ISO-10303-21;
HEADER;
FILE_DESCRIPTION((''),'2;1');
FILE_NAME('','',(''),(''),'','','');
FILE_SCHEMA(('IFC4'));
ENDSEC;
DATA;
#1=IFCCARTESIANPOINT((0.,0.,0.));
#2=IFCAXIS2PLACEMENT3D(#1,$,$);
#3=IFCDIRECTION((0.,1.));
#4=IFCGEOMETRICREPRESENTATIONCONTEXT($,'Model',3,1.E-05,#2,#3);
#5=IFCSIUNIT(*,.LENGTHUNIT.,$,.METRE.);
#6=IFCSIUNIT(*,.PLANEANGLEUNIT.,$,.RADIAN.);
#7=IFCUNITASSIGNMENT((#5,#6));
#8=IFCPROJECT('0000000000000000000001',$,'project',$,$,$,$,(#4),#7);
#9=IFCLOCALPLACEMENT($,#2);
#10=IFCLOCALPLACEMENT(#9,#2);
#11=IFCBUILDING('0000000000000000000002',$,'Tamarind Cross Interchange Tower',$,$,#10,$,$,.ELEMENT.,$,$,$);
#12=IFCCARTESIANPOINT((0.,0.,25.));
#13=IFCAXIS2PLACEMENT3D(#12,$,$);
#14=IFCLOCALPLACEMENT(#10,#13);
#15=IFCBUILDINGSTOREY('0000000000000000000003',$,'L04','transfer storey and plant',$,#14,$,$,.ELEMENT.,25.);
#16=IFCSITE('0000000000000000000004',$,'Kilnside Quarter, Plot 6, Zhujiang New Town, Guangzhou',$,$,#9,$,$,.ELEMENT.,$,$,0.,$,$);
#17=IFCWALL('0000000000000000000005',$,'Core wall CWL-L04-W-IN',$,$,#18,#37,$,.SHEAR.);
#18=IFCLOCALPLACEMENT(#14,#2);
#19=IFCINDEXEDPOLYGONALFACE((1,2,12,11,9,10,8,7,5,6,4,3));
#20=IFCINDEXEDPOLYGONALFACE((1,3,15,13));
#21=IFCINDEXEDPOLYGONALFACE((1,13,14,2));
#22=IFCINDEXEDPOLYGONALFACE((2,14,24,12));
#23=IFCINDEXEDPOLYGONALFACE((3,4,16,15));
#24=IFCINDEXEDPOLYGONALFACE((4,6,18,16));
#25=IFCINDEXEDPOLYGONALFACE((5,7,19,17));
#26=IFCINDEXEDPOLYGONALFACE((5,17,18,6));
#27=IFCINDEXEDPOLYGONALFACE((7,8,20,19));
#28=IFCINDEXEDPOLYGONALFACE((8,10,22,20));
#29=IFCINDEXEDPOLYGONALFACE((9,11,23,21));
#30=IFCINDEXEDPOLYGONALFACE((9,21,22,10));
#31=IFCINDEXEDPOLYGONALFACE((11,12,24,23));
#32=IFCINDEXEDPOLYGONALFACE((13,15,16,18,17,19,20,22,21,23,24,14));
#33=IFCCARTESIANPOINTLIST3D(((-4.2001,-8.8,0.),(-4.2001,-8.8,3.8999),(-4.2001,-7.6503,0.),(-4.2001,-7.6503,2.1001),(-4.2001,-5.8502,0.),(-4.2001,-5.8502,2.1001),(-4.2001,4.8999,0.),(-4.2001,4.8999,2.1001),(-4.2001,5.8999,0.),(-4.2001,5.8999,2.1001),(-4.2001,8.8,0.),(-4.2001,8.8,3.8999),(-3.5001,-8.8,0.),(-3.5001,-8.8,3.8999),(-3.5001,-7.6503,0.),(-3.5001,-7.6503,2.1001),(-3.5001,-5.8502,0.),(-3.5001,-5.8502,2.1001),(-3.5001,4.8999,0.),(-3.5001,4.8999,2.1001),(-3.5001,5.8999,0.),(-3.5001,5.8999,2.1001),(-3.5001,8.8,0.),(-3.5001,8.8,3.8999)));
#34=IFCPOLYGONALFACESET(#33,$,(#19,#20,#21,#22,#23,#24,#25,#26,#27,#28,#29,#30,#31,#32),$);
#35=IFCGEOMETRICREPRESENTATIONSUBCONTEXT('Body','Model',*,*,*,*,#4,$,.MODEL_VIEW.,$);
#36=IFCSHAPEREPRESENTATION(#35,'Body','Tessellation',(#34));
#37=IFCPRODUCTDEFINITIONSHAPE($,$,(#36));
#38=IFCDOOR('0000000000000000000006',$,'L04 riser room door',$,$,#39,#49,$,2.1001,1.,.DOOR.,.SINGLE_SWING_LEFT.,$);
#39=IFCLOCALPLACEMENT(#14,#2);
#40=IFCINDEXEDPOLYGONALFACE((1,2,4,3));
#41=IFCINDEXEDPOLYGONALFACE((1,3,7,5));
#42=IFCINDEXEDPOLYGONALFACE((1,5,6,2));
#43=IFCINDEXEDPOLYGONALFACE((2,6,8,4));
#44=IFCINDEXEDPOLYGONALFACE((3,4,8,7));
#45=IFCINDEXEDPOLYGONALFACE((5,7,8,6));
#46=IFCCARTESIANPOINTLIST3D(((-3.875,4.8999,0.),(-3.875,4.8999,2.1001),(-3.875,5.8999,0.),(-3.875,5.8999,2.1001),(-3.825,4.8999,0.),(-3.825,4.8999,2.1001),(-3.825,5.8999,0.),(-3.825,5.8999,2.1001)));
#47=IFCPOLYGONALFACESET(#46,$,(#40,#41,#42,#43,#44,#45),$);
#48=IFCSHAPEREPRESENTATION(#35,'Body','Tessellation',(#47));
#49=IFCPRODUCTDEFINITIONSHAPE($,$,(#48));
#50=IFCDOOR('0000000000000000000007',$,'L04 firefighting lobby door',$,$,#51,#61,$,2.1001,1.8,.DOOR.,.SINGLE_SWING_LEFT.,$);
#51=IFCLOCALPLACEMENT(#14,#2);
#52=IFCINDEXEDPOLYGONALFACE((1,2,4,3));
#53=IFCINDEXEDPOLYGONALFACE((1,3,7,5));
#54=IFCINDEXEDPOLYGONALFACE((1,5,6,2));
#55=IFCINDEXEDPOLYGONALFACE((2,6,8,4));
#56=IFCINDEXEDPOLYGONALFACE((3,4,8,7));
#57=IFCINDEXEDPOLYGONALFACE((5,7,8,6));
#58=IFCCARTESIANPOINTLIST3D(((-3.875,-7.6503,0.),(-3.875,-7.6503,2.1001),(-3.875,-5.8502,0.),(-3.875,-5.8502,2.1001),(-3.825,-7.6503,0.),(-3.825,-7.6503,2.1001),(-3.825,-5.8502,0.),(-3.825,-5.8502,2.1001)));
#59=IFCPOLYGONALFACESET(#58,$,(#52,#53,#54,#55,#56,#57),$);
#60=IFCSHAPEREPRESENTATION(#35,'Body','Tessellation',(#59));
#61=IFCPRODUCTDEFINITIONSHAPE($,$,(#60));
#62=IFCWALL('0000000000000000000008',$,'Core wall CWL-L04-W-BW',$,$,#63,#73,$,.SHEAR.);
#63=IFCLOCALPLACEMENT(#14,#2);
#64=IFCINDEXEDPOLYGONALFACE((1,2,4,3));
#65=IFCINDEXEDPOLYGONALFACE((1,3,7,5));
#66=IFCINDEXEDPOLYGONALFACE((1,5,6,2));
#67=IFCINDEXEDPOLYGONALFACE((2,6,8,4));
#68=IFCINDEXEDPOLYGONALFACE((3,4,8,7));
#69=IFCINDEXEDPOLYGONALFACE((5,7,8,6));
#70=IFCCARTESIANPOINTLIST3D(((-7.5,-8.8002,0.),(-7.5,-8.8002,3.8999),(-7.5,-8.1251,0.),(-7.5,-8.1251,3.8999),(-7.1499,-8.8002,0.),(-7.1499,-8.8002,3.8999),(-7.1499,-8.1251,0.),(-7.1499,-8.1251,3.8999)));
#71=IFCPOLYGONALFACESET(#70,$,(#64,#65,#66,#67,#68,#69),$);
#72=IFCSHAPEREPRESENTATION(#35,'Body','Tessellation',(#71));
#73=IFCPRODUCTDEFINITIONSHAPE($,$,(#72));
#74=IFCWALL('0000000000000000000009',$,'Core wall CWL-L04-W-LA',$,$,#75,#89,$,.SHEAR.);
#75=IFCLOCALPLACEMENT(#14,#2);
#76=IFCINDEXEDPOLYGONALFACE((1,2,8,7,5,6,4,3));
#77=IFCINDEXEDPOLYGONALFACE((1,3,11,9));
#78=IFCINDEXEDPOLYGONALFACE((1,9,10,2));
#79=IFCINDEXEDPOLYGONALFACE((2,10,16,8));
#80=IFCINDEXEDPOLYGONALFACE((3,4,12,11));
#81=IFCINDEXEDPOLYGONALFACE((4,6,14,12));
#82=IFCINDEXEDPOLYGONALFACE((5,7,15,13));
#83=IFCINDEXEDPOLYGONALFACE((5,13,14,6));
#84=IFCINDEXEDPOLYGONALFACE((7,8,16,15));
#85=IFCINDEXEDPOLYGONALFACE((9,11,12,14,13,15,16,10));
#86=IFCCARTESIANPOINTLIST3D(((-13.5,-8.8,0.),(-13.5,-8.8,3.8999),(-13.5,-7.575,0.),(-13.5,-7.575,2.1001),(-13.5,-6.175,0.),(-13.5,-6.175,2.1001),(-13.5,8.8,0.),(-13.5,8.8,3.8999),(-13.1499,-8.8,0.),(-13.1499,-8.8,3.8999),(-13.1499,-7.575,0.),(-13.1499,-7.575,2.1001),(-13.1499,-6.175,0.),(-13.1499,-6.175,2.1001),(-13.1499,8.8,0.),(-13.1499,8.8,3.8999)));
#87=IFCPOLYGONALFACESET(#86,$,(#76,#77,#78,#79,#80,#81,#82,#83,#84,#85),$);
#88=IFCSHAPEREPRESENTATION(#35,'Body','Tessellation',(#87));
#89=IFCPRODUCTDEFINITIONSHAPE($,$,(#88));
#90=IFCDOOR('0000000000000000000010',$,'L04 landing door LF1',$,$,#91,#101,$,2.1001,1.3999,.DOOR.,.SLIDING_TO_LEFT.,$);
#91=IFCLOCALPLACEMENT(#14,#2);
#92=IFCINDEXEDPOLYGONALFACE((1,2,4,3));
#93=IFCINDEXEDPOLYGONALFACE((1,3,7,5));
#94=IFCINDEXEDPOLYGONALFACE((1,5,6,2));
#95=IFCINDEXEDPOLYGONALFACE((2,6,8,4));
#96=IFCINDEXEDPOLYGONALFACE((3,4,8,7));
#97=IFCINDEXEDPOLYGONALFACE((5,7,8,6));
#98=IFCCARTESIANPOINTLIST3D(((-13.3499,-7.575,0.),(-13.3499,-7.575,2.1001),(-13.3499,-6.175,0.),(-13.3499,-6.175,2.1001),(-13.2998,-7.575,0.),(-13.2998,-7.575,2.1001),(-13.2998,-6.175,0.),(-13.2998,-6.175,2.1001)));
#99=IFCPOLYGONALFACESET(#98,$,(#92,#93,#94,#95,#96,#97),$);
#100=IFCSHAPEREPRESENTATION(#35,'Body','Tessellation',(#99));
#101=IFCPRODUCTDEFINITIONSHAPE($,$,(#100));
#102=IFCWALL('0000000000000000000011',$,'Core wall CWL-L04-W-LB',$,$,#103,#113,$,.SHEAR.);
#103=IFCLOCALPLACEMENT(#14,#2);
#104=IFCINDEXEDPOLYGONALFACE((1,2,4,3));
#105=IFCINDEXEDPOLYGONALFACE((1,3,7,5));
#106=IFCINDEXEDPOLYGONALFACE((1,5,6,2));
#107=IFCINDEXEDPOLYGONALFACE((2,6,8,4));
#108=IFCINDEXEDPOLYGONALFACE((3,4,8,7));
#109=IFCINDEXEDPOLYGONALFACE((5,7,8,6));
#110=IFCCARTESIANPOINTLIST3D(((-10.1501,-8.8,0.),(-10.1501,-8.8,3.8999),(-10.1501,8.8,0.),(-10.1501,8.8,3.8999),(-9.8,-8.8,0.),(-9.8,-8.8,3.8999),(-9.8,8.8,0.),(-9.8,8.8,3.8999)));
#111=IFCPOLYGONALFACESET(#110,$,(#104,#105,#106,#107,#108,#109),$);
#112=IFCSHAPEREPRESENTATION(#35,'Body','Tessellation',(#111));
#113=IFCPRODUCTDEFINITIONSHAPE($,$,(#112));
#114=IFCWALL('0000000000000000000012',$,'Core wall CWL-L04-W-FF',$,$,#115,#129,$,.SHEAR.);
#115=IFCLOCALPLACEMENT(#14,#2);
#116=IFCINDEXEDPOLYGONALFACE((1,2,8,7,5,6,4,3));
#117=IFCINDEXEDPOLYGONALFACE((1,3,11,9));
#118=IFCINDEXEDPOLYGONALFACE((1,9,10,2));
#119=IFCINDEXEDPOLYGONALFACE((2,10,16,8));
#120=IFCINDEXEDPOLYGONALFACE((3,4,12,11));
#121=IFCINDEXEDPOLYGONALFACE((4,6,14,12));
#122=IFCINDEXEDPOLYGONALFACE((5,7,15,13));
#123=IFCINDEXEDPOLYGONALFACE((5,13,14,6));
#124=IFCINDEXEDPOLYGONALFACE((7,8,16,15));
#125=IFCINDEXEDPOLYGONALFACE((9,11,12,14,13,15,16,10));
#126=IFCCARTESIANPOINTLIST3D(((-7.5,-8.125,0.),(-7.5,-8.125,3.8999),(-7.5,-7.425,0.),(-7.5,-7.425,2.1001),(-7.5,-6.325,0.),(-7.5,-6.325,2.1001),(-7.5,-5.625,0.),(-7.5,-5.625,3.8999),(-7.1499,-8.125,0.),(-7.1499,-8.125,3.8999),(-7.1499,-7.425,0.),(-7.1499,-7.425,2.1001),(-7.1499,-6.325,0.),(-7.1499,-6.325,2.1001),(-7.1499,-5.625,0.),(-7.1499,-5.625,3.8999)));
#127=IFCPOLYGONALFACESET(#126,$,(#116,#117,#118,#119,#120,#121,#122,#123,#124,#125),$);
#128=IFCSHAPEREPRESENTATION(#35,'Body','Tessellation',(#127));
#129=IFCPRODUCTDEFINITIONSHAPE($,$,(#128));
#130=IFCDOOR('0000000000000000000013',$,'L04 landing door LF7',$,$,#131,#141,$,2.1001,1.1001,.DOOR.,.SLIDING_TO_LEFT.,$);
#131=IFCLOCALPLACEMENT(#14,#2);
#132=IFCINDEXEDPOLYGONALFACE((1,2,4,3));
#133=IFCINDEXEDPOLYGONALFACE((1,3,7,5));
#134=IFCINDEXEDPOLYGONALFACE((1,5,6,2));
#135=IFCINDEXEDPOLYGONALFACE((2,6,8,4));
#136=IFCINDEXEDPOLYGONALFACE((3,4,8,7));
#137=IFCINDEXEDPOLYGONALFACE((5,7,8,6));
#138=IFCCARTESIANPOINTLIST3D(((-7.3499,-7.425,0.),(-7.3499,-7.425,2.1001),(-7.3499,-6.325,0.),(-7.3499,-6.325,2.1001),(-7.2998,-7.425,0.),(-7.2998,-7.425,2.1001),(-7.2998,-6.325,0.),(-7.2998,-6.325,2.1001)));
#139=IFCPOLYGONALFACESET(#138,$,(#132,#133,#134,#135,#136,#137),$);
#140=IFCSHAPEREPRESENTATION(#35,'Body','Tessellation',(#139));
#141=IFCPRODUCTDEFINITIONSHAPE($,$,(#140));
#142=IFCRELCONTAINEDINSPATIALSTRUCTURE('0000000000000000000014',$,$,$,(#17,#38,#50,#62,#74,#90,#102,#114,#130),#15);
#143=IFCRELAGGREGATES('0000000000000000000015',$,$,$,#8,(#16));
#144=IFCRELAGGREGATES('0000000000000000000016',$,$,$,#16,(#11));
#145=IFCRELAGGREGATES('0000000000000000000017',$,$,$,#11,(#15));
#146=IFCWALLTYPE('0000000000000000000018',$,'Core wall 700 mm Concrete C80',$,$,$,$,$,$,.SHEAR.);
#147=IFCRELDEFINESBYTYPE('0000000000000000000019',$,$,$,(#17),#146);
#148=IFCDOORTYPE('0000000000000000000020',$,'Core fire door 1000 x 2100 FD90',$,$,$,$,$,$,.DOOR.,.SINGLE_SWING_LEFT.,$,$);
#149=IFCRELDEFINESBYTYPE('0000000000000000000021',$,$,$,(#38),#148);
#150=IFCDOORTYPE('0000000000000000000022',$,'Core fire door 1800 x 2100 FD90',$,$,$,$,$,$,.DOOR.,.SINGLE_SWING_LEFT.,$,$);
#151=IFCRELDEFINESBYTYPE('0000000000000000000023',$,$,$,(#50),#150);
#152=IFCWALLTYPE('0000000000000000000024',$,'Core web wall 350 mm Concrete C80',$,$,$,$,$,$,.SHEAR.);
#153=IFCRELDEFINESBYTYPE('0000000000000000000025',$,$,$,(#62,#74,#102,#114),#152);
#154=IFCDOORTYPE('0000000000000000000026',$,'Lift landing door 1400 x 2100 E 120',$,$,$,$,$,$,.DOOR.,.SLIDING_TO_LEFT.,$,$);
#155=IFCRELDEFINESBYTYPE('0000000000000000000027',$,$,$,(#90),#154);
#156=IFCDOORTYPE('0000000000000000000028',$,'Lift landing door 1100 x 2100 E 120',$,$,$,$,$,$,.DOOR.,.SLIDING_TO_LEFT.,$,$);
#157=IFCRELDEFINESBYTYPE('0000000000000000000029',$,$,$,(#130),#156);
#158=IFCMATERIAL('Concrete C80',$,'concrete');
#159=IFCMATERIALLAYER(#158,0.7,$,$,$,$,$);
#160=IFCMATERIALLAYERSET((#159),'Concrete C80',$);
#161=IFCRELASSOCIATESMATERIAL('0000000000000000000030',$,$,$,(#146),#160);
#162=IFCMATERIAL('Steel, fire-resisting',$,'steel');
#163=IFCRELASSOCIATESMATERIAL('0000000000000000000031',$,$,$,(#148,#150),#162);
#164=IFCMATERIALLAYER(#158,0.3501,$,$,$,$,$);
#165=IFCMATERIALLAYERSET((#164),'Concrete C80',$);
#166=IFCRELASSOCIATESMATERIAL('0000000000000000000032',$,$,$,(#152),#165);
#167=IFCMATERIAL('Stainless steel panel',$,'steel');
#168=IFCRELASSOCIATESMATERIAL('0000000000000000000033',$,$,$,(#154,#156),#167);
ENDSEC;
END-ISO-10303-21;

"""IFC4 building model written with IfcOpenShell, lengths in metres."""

from ifc_helpers import new_model, si_unit, direction, frame, frame_2d, origin, place, context, subcontext, project, spatial, rectangle, extrude, material, layer, layer_set, type_object, element, fill, save


model = new_model("IFC4")

# Units and contexts
model_context = context("Model", 3, precision=1e-05, world=origin(), true_north=direction((0.0, 1.0)))
body_context = subcontext(model_context, "Body", "Model", "MODEL_VIEW")
ifc_project = project(units=[si_unit("LENGTHUNIT", "METRE"), si_unit("PLANEANGLEUNIT", "RADIAN")], contexts=[model_context])

# Site, building, storey
site_placement = place(None, origin())
site = spatial("IfcSite", under=ifc_project, at=site_placement, Name="Kilnside Quarter, Plot 6, Zhujiang New Town, Guangzhou", CompositionType="ELEMENT", RefElevation=0.0)
building_placement = place(site_placement, origin())
building = spatial("IfcBuilding", under=site, at=building_placement, Name="Tamarind Cross Interchange Tower", CompositionType="ELEMENT")
storey_placement = place(building_placement, frame((0.0, 0.0, 25.0)))
storey = spatial("IfcBuildingStorey", under=building, at=storey_placement, Name="L04", Description="transfer storey and plant", CompositionType="ELEMENT", Elevation=25.0)

# Shared definitions
ifc_material_1 = material(Name="Concrete C80", Category="concrete")

# Wall, openings, doors
ifc_layer_1 = layer(ifc_material_1, 0.7)
ifc_layer_set_1 = layer_set([ifc_layer_1], Name="Concrete C80")
wall_type_1 = type_object("IfcWallType", Name="Core wall 700 mm Concrete C80", PredefinedType="SHEAR", material=ifc_layer_set_1)
wall_1_placement = place(storey_placement, frame((-3.8501, -8.8, 0.0), z_axis=(0.0, 0.0, 1.0), x_axis=(0.0, 1.0, 0.0)))
wall_1 = element("IfcWall", 1, at=wall_1_placement, inside=storey, type_object=wall_type_1, Name="Core wall CWL-L04-W-IN", PredefinedType="SHEAR", context=body_context, shape_type="SweptSolid", body=[
    extrude(rectangle(XDim=17.6001, YDim=0.7, at=frame_2d((8.8, 0.0))), origin(), (0.0, 0.0, 1.0), 3.8999),
])
opening_1_placement = place(wall_1_placement, frame((1.1499, 0.0, 0.0)))
opening_1 = element("IfcOpeningElement", 2, at=opening_1_placement, cuts=wall_1, PredefinedType="OPENING", context=body_context, shape_type="SweptSolid", body=[
    extrude(rectangle(XDim=1.8, YDim=2.1001, at=frame_2d((0.8999, 1.05))), frame((0.0, 0.3599, 0.0), z_axis=(0.0, -1.0, 0.0), x_axis=(1.0, 0.0, 0.0)), (0.0, 0.0, 1.0), 0.72),
])
opening_2_placement = place(wall_1_placement, frame((13.7, 0.0, 0.0)))
opening_2 = element("IfcOpeningElement", 3, at=opening_2_placement, cuts=wall_1, PredefinedType="OPENING", context=body_context, shape_type="SweptSolid", body=[
    extrude(rectangle(XDim=1.0, YDim=2.1001, at=frame_2d((0.5, 1.05))), frame((0.0, 0.3599, 0.0), z_axis=(0.0, -1.0, 0.0), x_axis=(1.0, 0.0, 0.0)), (0.0, 0.0, 1.0), 0.72),
])
ifc_material_2 = material(Name="Steel, fire-resisting", Category="steel")
door_type_1 = type_object("IfcDoorType", Name="Core fire door 1000 x 2100 FD90", OperationType="SINGLE_SWING_LEFT", PredefinedType="DOOR", material=ifc_material_2)
door_1_placement = place(opening_2_placement, origin())
door_1 = element("IfcDoor", 4, at=door_1_placement, inside=storey, type_object=door_type_1, Name="L04 riser room door", OperationType="SINGLE_SWING_LEFT", OverallHeight=2.1001, OverallWidth=1.0, PredefinedType="DOOR", context=body_context, shape_type="SweptSolid", body=[
    extrude(rectangle(XDim=1.0, YDim=2.1001, at=frame_2d((0.5, 1.05))), frame((0.0, 0.0249, 0.0), z_axis=(0.0, -1.0, 0.0), x_axis=(1.0, 0.0, 0.0)), (0.0, 0.0, 1.0), 0.05),
])
fill(opening_2, door_1)
door_type_2 = type_object("IfcDoorType", Name="Core fire door 1800 x 2100 FD90", OperationType="SINGLE_SWING_LEFT", PredefinedType="DOOR", material=ifc_material_2)
door_2_placement = place(opening_1_placement, origin())
door_2 = element("IfcDoor", 5, at=door_2_placement, inside=storey, type_object=door_type_2, Name="L04 firefighting lobby door", OperationType="SINGLE_SWING_LEFT", OverallHeight=2.1001, OverallWidth=1.8, PredefinedType="DOOR", context=body_context, shape_type="SweptSolid", body=[
    extrude(rectangle(XDim=1.8, YDim=2.1001, at=frame_2d((0.8999, 1.05))), frame((0.0, 0.0249, 0.0), z_axis=(0.0, -1.0, 0.0), x_axis=(1.0, 0.0, 0.0)), (0.0, 0.0, 1.0), 0.05),
])
fill(opening_1, door_2)

# Wall
ifc_layer_2 = layer(ifc_material_1, 0.3501)
ifc_layer_set_2 = layer_set([ifc_layer_2], Name="Concrete C80")
wall_type_2 = type_object("IfcWallType", Name="Core web wall 350 mm Concrete C80", PredefinedType="SHEAR", material=ifc_layer_set_2)
wall_2_placement = place(storey_placement, frame((-7.325, -8.8, 0.0), z_axis=(0.0, 0.0, 1.0), x_axis=(0.0, 1.0, 0.0)))
element("IfcWall", 6, at=wall_2_placement, inside=storey, type_object=wall_type_2, Name="Core wall CWL-L04-W-BW", PredefinedType="SHEAR", context=body_context, shape_type="SweptSolid", body=[
    extrude(rectangle(XDim=0.675, YDim=0.3501, at=frame_2d((0.3374, 0.0))), origin(), (0.0, 0.0, 1.0), 3.8999),
])

# Wall, opening, door
wall_3_placement = place(storey_placement, frame((-13.325, -8.8, 0.0), z_axis=(0.0, 0.0, 1.0), x_axis=(0.0, 1.0, 0.0)))
wall_3 = element("IfcWall", 7, at=wall_3_placement, inside=storey, type_object=wall_type_2, Name="Core wall CWL-L04-W-LA", PredefinedType="SHEAR", context=body_context, shape_type="SweptSolid", body=[
    extrude(rectangle(XDim=17.6001, YDim=0.3501, at=frame_2d((8.8, 0.0))), origin(), (0.0, 0.0, 1.0), 3.8999),
])
opening_3_placement = place(wall_3_placement, frame((1.2251, 0.0, 0.0)))
opening_3 = element("IfcOpeningElement", 8, at=opening_3_placement, cuts=wall_3, PredefinedType="OPENING", context=body_context, shape_type="SweptSolid", body=[
    extrude(rectangle(XDim=1.3999, YDim=2.1001, at=frame_2d((0.7, 1.05))), frame((0.0, 0.1851, 0.0), z_axis=(0.0, -1.0, 0.0), x_axis=(1.0, 0.0, 0.0)), (0.0, 0.0, 1.0), 0.3701),
])
ifc_material_3 = material(Name="Stainless steel panel", Category="steel")
door_type_3 = type_object("IfcDoorType", Name="Lift landing door 1400 x 2100 E 120", OperationType="SLIDING_TO_LEFT", PredefinedType="DOOR", material=ifc_material_3)
door_3_placement = place(opening_3_placement, origin())
door_3 = element("IfcDoor", 9, at=door_3_placement, inside=storey, type_object=door_type_3, Name="L04 landing door LF1", OperationType="SLIDING_TO_LEFT", OverallHeight=2.1001, OverallWidth=1.3999, PredefinedType="DOOR", context=body_context, shape_type="SweptSolid", body=[
    extrude(rectangle(XDim=1.3999, YDim=2.1001, at=frame_2d((0.7, 1.05))), frame((0.0, 0.0249, 0.0), z_axis=(0.0, -1.0, 0.0), x_axis=(1.0, 0.0, 0.0)), (0.0, 0.0, 1.0), 0.05),
])
fill(opening_3, door_3)

# Wall
wall_4_placement = place(storey_placement, frame((-9.9751, -8.8, 0.0), z_axis=(0.0, 0.0, 1.0), x_axis=(0.0, 1.0, 0.0)))
element("IfcWall", 10, at=wall_4_placement, inside=storey, type_object=wall_type_2, Name="Core wall CWL-L04-W-LB", PredefinedType="SHEAR", context=body_context, shape_type="SweptSolid", body=[
    extrude(rectangle(XDim=17.6001, YDim=0.3501, at=frame_2d((8.8, 0.0))), origin(), (0.0, 0.0, 1.0), 3.8999),
])

# Wall, opening, door
wall_5_placement = place(storey_placement, frame((-7.325, -8.125, 0.0), z_axis=(0.0, 0.0, 1.0), x_axis=(0.0, 1.0, 0.0)))
wall_5 = element("IfcWall", 11, at=wall_5_placement, inside=storey, type_object=wall_type_2, Name="Core wall CWL-L04-W-FF", PredefinedType="SHEAR", context=body_context, shape_type="SweptSolid", body=[
    extrude(rectangle(XDim=2.5, YDim=0.3501, at=frame_2d((1.25, 0.0))), origin(), (0.0, 0.0, 1.0), 3.8999),
])
opening_4_placement = place(wall_5_placement, frame((0.7, 0.0, 0.0)))
opening_4 = element("IfcOpeningElement", 12, at=opening_4_placement, cuts=wall_5, PredefinedType="OPENING", context=body_context, shape_type="SweptSolid", body=[
    extrude(rectangle(XDim=1.1001, YDim=2.1001, at=frame_2d((0.55, 1.05))), frame((0.0, 0.1851, 0.0), z_axis=(0.0, -1.0, 0.0), x_axis=(1.0, 0.0, 0.0)), (0.0, 0.0, 1.0), 0.3701),
])
door_type_4 = type_object("IfcDoorType", Name="Lift landing door 1100 x 2100 E 120", OperationType="SLIDING_TO_LEFT", PredefinedType="DOOR", material=ifc_material_3)
door_4_placement = place(opening_4_placement, origin())
door_4 = element("IfcDoor", 13, at=door_4_placement, inside=storey, type_object=door_type_4, Name="L04 landing door LF7", OperationType="SLIDING_TO_LEFT", OverallHeight=2.1001, OverallWidth=1.1001, PredefinedType="DOOR", context=body_context, shape_type="SweptSolid", body=[
    extrude(rectangle(XDim=1.1001, YDim=2.1001, at=frame_2d((0.55, 1.05))), frame((0.0, 0.0249, 0.0), z_axis=(0.0, -1.0, 0.0), x_axis=(1.0, 0.0, 0.0)), (0.0, 0.0, 1.0), 0.05),
])
fill(opening_4, door_4)

save(model, "model.ifc")
